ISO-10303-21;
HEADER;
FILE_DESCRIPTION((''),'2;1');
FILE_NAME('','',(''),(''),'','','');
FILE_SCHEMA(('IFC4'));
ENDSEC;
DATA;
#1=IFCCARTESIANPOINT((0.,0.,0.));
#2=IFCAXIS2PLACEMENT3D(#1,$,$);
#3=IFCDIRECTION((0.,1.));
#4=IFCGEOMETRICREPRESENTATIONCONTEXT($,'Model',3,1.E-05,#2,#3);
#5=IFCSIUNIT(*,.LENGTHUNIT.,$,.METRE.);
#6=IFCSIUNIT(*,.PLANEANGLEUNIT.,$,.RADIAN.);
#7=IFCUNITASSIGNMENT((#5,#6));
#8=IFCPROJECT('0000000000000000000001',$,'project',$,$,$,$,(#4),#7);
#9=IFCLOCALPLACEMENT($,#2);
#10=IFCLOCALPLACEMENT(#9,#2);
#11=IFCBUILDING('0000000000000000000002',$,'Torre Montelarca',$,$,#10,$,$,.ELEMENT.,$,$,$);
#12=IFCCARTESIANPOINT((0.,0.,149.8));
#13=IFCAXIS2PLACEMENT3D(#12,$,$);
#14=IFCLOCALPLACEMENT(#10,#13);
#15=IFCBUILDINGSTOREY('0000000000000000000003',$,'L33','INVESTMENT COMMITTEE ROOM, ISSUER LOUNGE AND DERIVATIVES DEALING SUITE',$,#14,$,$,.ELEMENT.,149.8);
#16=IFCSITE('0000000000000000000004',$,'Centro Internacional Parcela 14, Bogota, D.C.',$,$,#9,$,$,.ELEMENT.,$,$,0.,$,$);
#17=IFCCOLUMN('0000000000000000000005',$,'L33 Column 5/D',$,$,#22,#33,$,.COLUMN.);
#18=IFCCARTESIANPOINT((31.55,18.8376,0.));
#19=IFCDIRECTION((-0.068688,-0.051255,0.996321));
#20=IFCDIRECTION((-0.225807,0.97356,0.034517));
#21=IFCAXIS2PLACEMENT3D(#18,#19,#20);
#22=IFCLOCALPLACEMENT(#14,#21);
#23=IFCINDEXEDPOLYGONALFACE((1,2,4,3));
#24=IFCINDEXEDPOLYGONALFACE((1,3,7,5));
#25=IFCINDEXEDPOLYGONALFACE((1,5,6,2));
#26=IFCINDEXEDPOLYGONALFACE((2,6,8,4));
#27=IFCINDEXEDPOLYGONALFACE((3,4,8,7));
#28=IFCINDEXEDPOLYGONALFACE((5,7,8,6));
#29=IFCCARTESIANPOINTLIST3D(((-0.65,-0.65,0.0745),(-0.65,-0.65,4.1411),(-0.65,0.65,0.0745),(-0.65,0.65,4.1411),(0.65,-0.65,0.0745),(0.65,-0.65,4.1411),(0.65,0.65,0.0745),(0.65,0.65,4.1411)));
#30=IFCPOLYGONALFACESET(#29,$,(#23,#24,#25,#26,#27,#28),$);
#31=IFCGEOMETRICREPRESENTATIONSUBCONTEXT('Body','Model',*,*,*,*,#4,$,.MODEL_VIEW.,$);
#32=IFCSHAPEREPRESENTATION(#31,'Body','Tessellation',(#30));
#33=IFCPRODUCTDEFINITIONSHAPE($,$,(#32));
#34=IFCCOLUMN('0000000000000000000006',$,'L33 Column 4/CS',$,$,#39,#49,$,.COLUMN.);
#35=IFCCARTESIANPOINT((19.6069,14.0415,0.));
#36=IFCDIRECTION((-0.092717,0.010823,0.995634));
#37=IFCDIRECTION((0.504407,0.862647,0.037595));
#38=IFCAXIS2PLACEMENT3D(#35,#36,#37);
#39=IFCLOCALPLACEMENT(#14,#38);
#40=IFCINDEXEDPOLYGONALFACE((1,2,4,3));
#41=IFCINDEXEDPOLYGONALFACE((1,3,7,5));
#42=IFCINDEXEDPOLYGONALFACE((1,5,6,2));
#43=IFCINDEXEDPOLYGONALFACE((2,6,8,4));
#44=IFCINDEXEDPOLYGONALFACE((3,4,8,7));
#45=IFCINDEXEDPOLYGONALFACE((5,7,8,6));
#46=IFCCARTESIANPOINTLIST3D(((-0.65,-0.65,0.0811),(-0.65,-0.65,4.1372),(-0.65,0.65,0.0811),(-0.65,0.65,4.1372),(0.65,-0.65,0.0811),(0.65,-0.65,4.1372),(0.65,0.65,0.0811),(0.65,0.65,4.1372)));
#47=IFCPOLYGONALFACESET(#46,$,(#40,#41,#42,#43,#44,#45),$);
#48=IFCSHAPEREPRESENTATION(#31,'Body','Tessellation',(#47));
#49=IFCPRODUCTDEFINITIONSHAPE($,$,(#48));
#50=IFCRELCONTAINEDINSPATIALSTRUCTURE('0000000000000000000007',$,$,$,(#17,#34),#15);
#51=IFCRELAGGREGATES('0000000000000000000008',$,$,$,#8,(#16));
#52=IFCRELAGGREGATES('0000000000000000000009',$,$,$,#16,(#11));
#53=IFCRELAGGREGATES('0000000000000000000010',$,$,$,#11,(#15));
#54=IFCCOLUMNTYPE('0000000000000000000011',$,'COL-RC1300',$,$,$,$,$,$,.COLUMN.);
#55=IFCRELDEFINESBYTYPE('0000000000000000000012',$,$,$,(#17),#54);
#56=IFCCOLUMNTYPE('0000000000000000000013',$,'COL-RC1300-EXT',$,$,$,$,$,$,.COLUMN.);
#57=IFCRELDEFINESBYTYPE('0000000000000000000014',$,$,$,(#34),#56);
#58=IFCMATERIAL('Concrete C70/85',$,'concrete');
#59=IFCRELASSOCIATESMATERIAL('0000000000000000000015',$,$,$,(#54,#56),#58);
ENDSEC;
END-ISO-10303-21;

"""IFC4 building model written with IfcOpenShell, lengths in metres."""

from ifc_helpers import new_model, si_unit, direction, frame, origin, origin_2d, place, context, subcontext, project, spatial, rectangle, extrude, clip, halfspace, material, material_profile, profile_set, type_object, element, save


model = new_model("IFC4")

# Units and contexts
model_context = context("Model", 3, precision=1e-05, world=origin(), true_north=direction((0.0, 1.0)))
body_context = subcontext(model_context, "Body", "Model", "MODEL_VIEW")
ifc_project = project(units=[si_unit("LENGTHUNIT", "METRE"), si_unit("PLANEANGLEUNIT", "RADIAN")], contexts=[model_context])

# Site, building, storey
site_placement = place(None, origin())
site = spatial("IfcSite", under=ifc_project, at=site_placement, Name="Centro Internacional Parcela 14, Bogota, D.C.", CompositionType="ELEMENT", RefElevation=0.0)
building_placement = place(site_placement, origin())
building = spatial("IfcBuilding", under=site, at=building_placement, Name="Torre Montelarca", CompositionType="ELEMENT")
storey_placement = place(building_placement, frame((0.0, 0.0, 149.8)))
storey = spatial("IfcBuildingStorey", under=building, at=storey_placement, Name="L33", Description="INVESTMENT COMMITTEE ROOM, ISSUER LOUNGE AND DERIVATIVES DEALING SUITE", CompositionType="ELEMENT", Elevation=149.8)

# Columns
ifc_material_1 = material(Name="Concrete C70/85", Category="concrete")
ifc_material_profile_1 = material_profile(ifc_material_1, rectangle(XDim=1.3, YDim=1.3, at=origin_2d()), Name="RC1300X1300", Category="concrete")
ifc_profile_set_1 = profile_set([ifc_material_profile_1], Name="Concrete C70/85")
column_type_1 = type_object("IfcColumnType", Name="COL-RC1300", PredefinedType="COLUMN", material=ifc_profile_set_1)
column_1_placement = place(storey_placement, frame((31.55, 18.8376, 0.0), z_axis=(-0.068688, -0.051255, 0.996321), x_axis=(-0.225807, 0.97356, 0.034517)))
element("IfcColumn", 1, at=column_1_placement, inside=storey, type_object=column_type_1, Name="L33 Column 5/D", PredefinedType="COLUMN", context=body_context, shape_type="Clipping", body=[
    clip(clip(extrude(rectangle(XDim=1.3, YDim=1.3, at=origin_2d()), origin(), (0.0, 0.0, 1.0), 4.2156), halfspace(frame((0.0, 0.0, 0.0745), z_axis=(0.0, 0.0, -1.0), x_axis=(1.0, 0.0, 0.0)), False)), halfspace(frame((0.0, 0.0, 4.1411), z_axis=(0.0, 0.0, 1.0), x_axis=(1.0, 0.0, 0.0)), False)),
])
ifc_material_profile_2 = material_profile(ifc_material_1, rectangle(XDim=1.3, YDim=1.3, at=origin_2d()), Name="RC1300X1300", Category="concrete")
ifc_profile_set_2 = profile_set([ifc_material_profile_2], Name="Concrete C70/85")
column_type_2 = type_object("IfcColumnType", Name="COL-RC1300-EXT", PredefinedType="COLUMN", material=ifc_profile_set_2)
column_2_placement = place(storey_placement, frame((19.6069, 14.0415, 0.0), z_axis=(-0.092717, 0.010823, 0.995634), x_axis=(0.504407, 0.862647, 0.037595)))
element("IfcColumn", 2, at=column_2_placement, inside=storey, type_object=column_type_2, Name="L33 Column 4/CS", PredefinedType="COLUMN", context=body_context, shape_type="Clipping", body=[
    clip(clip(extrude(rectangle(XDim=1.3, YDim=1.3, at=origin_2d()), origin(), (0.0, 0.0, 1.0), 4.2183), halfspace(frame((0.0, 0.0, 0.0811), z_axis=(0.0, 0.0, -1.0), x_axis=(1.0, 0.0, 0.0)), False)), halfspace(frame((0.0, 0.0, 4.1372), z_axis=(0.0, 0.0, 1.0), x_axis=(1.0, 0.0, 0.0)), False)),
])

save(model, "model.ifc")
